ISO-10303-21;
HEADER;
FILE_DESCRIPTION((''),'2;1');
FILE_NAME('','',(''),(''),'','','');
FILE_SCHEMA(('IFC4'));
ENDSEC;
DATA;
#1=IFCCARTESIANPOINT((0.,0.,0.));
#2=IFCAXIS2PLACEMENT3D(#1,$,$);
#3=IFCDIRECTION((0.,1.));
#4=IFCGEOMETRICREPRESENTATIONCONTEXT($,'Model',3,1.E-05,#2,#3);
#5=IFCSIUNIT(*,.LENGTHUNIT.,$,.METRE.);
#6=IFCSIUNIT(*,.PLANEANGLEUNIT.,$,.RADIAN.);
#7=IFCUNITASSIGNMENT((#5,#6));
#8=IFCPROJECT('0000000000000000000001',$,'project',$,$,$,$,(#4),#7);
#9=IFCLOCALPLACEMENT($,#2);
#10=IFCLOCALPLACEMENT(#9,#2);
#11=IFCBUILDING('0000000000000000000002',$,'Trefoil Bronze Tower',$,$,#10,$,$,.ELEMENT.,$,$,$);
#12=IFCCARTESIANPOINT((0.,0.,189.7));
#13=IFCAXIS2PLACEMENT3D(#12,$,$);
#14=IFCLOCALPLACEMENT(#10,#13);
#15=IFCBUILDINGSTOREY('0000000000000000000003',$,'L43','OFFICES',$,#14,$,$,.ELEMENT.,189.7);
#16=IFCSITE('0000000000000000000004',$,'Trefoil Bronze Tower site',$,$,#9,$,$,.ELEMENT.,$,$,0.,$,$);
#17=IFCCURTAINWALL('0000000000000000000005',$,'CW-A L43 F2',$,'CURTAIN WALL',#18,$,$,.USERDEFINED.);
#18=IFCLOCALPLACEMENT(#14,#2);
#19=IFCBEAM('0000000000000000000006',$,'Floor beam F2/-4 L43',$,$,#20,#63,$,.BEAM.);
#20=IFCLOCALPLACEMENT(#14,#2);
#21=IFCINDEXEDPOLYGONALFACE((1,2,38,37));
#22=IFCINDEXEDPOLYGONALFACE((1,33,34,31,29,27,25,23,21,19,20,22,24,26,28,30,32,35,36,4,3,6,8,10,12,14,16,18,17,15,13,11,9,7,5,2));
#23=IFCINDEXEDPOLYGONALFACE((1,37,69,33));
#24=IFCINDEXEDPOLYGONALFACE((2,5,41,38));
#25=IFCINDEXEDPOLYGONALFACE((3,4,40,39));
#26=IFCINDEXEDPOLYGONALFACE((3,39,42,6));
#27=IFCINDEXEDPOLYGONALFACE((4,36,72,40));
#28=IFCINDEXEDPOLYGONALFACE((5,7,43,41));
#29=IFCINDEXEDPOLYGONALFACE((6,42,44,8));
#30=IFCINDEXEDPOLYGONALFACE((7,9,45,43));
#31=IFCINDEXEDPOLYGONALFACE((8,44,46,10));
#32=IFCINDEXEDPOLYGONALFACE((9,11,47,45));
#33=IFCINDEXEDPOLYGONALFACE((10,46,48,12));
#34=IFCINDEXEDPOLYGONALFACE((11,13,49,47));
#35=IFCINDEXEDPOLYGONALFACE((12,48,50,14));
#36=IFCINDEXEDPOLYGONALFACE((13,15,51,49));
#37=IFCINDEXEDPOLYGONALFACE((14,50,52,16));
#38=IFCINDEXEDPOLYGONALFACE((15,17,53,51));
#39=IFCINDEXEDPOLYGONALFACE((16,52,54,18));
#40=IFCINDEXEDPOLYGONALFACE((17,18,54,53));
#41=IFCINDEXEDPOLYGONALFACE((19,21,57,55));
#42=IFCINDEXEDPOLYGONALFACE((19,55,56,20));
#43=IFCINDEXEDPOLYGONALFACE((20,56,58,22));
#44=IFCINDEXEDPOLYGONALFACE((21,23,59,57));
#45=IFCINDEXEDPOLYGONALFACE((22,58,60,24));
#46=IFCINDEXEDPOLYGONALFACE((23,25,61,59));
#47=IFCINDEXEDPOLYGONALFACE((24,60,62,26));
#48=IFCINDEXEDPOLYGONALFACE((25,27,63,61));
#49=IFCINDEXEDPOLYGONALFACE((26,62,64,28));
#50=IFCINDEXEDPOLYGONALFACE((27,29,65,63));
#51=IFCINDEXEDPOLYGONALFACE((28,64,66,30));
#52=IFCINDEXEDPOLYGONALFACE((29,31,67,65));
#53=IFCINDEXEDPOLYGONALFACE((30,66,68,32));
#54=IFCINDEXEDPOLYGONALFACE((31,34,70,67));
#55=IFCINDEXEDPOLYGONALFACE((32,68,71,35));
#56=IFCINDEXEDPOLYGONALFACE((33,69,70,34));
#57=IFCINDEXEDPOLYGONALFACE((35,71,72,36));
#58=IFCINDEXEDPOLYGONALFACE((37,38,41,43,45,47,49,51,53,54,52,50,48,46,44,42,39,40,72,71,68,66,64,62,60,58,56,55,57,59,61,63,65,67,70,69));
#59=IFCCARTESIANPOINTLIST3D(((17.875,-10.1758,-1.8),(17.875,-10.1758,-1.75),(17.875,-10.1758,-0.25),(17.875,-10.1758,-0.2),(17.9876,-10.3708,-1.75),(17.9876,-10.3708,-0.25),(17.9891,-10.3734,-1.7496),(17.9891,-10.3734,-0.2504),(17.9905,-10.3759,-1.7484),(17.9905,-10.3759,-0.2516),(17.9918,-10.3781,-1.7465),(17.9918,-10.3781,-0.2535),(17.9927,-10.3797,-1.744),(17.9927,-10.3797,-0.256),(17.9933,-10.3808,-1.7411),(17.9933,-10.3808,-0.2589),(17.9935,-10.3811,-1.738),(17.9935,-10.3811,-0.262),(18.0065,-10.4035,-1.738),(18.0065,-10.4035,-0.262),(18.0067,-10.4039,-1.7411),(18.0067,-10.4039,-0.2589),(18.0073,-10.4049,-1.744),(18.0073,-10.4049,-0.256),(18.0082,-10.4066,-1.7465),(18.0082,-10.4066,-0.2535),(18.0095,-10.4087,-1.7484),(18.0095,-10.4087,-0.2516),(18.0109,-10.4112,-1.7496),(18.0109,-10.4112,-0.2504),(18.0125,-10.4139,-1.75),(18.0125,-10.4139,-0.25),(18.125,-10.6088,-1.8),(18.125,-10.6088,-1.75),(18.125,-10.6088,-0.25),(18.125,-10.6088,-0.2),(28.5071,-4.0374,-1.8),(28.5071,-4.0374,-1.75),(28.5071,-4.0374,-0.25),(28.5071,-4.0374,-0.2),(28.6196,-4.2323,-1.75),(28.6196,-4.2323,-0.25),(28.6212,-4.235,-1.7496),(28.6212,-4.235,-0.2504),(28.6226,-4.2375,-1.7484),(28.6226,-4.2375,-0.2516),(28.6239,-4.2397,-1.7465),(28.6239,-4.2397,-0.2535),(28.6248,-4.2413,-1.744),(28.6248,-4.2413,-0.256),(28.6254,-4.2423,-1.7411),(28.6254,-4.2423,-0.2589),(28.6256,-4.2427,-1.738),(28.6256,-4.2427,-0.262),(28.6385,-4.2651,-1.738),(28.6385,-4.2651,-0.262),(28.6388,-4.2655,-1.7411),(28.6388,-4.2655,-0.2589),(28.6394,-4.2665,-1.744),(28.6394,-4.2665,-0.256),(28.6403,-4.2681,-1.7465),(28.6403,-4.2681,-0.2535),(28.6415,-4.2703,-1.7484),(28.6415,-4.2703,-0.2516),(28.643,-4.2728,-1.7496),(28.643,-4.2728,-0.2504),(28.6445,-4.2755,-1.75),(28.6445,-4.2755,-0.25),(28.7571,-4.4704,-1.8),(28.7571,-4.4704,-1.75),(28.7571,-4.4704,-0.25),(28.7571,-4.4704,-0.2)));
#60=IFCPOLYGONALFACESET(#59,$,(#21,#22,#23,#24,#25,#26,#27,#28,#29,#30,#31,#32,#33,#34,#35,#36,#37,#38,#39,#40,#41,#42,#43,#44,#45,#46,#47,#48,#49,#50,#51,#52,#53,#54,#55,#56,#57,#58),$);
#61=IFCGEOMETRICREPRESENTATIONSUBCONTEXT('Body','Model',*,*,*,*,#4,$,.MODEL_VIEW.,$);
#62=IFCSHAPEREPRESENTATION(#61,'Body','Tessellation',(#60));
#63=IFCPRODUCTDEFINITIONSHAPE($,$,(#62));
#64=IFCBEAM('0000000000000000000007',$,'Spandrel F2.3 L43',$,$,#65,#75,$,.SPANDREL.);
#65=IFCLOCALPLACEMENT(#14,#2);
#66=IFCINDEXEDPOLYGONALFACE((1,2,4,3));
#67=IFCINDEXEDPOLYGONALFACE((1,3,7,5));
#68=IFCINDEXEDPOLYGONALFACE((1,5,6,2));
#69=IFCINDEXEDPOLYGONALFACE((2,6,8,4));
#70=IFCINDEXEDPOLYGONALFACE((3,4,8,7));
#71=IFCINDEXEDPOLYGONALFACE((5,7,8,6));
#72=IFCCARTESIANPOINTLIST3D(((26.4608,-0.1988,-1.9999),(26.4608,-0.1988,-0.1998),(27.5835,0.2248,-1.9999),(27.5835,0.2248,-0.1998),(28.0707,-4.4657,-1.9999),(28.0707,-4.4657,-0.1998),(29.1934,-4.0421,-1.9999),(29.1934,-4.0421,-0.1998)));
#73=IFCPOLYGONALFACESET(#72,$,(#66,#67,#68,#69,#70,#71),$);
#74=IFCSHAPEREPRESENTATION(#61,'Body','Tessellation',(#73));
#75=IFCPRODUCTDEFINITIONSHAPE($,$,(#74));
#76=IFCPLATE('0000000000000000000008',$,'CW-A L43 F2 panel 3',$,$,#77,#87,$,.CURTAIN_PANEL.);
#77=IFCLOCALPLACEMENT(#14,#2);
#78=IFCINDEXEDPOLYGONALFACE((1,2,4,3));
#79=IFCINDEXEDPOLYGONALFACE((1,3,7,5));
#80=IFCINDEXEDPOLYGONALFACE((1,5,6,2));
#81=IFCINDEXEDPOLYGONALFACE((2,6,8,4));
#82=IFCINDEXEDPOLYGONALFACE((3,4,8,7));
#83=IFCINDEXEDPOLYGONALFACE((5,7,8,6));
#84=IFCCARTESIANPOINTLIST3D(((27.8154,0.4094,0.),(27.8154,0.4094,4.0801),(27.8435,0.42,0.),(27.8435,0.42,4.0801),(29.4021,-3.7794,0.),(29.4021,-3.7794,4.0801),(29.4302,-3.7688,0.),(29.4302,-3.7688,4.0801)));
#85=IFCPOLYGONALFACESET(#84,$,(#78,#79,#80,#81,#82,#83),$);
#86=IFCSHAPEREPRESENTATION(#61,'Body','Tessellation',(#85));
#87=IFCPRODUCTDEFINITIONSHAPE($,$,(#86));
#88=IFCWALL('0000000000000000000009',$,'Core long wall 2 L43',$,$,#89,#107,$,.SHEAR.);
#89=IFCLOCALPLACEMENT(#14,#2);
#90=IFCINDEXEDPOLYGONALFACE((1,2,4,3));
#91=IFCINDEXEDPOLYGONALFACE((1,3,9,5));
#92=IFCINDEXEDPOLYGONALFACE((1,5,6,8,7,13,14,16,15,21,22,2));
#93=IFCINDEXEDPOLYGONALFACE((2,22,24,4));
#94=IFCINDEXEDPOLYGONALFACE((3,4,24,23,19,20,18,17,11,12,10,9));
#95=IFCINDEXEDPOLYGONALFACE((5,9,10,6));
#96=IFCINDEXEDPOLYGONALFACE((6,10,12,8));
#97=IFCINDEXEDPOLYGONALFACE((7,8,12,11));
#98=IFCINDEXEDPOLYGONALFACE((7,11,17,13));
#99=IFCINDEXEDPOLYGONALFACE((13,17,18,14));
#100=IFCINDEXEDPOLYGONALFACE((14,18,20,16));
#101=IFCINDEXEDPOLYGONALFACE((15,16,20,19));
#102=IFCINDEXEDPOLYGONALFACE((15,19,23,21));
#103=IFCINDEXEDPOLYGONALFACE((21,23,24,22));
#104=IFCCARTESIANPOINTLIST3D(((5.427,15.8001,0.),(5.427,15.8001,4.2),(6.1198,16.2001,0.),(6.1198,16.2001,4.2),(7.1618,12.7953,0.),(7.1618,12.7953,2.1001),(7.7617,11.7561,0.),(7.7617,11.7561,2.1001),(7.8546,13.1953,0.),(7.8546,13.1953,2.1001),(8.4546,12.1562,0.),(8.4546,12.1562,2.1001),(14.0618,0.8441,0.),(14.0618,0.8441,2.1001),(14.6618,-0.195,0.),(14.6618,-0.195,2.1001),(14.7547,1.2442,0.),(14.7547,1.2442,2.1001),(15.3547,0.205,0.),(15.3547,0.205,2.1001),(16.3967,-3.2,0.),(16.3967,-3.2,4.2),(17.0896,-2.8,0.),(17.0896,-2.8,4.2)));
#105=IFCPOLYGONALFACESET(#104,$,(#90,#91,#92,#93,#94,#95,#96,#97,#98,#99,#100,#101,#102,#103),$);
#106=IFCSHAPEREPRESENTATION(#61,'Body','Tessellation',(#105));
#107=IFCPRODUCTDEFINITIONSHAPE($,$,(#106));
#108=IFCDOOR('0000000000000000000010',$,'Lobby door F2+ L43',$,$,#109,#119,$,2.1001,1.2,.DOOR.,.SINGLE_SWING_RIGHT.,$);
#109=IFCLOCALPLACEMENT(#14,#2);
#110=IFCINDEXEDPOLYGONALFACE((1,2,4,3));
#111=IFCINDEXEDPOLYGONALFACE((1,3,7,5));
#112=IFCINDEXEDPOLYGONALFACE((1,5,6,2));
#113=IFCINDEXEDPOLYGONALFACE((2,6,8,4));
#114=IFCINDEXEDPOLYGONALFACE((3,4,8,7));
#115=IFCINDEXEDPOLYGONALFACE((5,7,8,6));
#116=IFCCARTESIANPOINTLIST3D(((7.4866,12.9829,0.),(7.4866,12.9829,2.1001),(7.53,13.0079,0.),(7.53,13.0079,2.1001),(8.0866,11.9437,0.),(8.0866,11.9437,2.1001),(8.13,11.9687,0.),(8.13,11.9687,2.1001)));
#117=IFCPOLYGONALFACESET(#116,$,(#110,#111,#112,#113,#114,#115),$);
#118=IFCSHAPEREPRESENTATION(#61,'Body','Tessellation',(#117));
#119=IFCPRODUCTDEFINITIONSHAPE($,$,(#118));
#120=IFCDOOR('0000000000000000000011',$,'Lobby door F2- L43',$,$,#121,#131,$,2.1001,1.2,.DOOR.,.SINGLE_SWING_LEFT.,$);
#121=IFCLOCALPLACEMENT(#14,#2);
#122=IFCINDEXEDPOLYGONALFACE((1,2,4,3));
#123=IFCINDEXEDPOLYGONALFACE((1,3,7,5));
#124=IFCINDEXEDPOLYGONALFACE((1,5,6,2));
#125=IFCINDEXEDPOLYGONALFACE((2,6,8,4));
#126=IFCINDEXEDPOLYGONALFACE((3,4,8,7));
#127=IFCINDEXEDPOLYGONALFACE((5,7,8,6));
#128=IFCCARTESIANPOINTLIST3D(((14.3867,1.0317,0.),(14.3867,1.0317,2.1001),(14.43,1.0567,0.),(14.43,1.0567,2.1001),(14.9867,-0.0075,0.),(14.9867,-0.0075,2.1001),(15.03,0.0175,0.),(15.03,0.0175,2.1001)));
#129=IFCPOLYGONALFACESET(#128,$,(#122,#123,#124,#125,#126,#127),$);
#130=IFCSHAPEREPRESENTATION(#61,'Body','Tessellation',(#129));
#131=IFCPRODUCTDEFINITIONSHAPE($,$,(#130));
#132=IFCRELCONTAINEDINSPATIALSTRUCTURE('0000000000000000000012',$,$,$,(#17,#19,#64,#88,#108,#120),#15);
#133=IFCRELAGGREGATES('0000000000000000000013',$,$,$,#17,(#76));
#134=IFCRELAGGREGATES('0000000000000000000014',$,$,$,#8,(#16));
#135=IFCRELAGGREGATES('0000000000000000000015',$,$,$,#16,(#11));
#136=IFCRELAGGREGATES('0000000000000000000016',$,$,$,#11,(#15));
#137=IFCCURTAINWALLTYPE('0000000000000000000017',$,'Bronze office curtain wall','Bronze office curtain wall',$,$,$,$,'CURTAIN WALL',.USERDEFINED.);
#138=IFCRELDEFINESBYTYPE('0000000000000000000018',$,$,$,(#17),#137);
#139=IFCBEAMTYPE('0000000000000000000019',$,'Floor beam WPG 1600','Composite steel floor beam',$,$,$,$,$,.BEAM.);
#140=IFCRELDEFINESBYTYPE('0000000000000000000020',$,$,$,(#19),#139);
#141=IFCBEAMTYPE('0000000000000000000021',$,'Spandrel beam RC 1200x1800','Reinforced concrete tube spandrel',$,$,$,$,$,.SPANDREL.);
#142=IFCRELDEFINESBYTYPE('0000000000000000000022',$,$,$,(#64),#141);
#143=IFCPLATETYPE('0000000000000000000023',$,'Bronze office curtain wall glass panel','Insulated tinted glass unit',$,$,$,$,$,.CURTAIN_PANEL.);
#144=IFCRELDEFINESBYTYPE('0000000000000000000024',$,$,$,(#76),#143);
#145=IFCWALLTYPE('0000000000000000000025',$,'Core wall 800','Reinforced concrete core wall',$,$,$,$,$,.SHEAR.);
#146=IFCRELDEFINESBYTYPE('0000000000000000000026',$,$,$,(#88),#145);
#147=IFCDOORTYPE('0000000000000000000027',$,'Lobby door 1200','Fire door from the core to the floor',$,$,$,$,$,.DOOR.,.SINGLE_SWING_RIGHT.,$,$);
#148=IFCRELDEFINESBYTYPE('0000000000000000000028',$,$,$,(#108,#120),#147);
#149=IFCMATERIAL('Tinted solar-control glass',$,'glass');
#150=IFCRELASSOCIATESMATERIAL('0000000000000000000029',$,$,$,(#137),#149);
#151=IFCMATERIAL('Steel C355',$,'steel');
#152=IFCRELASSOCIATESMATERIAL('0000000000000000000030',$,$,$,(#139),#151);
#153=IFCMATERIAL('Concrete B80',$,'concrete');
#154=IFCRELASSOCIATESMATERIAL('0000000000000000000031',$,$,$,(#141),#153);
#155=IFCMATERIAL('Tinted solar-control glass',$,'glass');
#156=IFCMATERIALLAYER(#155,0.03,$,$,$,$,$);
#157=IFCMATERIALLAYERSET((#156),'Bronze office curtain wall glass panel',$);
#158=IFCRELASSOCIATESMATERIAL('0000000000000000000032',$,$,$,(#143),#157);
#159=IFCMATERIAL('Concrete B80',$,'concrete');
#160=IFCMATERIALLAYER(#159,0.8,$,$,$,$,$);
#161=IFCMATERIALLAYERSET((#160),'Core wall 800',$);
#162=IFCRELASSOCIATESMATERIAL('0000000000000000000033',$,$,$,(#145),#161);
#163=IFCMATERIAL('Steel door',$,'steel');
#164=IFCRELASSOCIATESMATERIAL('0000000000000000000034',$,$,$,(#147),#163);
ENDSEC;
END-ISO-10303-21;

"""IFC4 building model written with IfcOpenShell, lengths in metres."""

from ifc_helpers import new_model, si_unit, direction, frame, frame_2d, origin, origin_2d, place, context, subcontext, project, spatial, rectangle, i_section, extrude, material, layer, layer_set, material_profile, profile_set, type_object, element, fill, aggregate, save


model = new_model("IFC4")

# Units and contexts
model_context = context("Model", 3, precision=1e-05, world=origin(), true_north=direction((0.0, 1.0)))
body_context = subcontext(model_context, "Body", "Model", "MODEL_VIEW")
ifc_project = project(units=[si_unit("LENGTHUNIT", "METRE"), si_unit("PLANEANGLEUNIT", "RADIAN")], contexts=[model_context])

# Site, building, storey
site_placement = place(None, origin())
site = spatial("IfcSite", under=ifc_project, at=site_placement, Name="Trefoil Bronze Tower site", CompositionType="ELEMENT", RefElevation=0.0)
building_placement = place(site_placement, origin())
building = spatial("IfcBuilding", under=site, at=building_placement, Name="Trefoil Bronze Tower", CompositionType="ELEMENT")
storey_placement = place(building_placement, frame((0.0, 0.0, 189.7)))
storey = spatial("IfcBuildingStorey", under=building, at=storey_placement, Name="L43", Description="OFFICES", CompositionType="ELEMENT", Elevation=189.7)

# Curtain wall
ifc_material_1 = material(Name="Tinted solar-control glass", Category="glass")
curtain_wall_type = type_object("IfcCurtainWallType", Name="Bronze office curtain wall", Description="Bronze office curtain wall", ElementType="CURTAIN WALL", PredefinedType="USERDEFINED", material=ifc_material_1)
curtain_wall_placement = place(storey_placement, origin())
curtain_wall = element("IfcCurtainWall", 1, at=curtain_wall_placement, inside=storey, type_object=curtain_wall_type, Name="CW-A L43 F2", ObjectType="CURTAIN WALL", PredefinedType="USERDEFINED")

# Beams
ifc_material_2 = material(Name="Steel C355", Category="steel")
ifc_material_profile_1 = material_profile(ifc_material_2, i_section(OverallWidth=0.5, OverallDepth=1.6001, WebThickness=0.0259, FlangeThickness=0.05, FilletRadius=0.012, at=origin_2d()), Name="WPG 1600")
ifc_profile_set_1 = profile_set([ifc_material_profile_1], Name="Steel C355")
beam_type_1 = type_object("IfcBeamType", Name="Floor beam WPG 1600", Description="Composite steel floor beam", PredefinedType="BEAM", material=ifc_profile_set_1)
beam_1_placement = place(storey_placement, frame((28.6321, -4.2539, -1.0), z_axis=(-0.866026, -0.5, 0.0), x_axis=(0.5, -0.866026, 0.0)))
element("IfcBeam", 2, at=beam_1_placement, inside=storey, type_object=beam_type_1, Name="Floor beam F2/-4 L43", PredefinedType="BEAM", context=body_context, shape_type="SweptSolid", body=[
    extrude(i_section(OverallWidth=0.5, OverallDepth=1.6001, WebThickness=0.0259, FlangeThickness=0.05, FilletRadius=0.012, at=origin_2d()), origin(), (0.0, 0.0, 1.0), 12.2769),
])
ifc_material_3 = material(Name="Concrete B80", Category="concrete")
ifc_material_profile_2 = material_profile(ifc_material_3, rectangle(XDim=1.2, YDim=1.8, at=origin_2d()), Name="RC 1200x1800")
ifc_profile_set_2 = profile_set([ifc_material_profile_2], Name="Concrete B80")
beam_type_2 = type_object("IfcBeamType", Name="Spandrel beam RC 1200x1800", Description="Reinforced concrete tube spandrel", PredefinedType="SPANDREL", material=ifc_profile_set_2)
beam_2_placement = place(storey_placement, frame((28.6321, -4.2539, -1.0999), z_axis=(-0.353006, 0.935621, 0.0), x_axis=(-0.935621, -0.353006, 0.0)))
element("IfcBeam", 3, at=beam_2_placement, inside=storey, type_object=beam_type_2, Name="Spandrel F2.3 L43", PredefinedType="SPANDREL", context=body_context, shape_type="SweptSolid", body=[
    extrude(rectangle(XDim=1.2, YDim=1.8, at=origin_2d()), origin(), (0.0, 0.0, 1.0), 4.5605),
])

# Plate
ifc_material_4 = material(Name="Tinted solar-control glass", Category="glass")
ifc_layer_1 = layer(ifc_material_4, 0.03)
ifc_layer_set_1 = layer_set([ifc_layer_1], Name="Bronze office curtain wall glass panel")
plate_type = type_object("IfcPlateType", Name="Bronze office curtain wall glass panel", Description="Insulated tinted glass unit", PredefinedType="CURTAIN_PANEL", material=ifc_layer_set_1)
plate_placement = place(storey_placement, frame((28.6228, -1.6797, 0.0), z_axis=(0.0, 0.0, 1.0), x_axis=(-0.354234, 0.935157, 0.0)))
plate = element("IfcPlate", 4, at=plate_placement, type_object=plate_type, Name="CW-A L43 F2 panel 3", PredefinedType="CURTAIN_PANEL", context=body_context, shape_type="SweptSolid", body=[
    extrude(rectangle(XDim=4.4792, YDim=0.03, at=origin_2d()), origin(), (0.0, 0.0, 1.0), 4.0801),
])
aggregate(curtain_wall, [plate])

# Wall, openings, doors
ifc_material_5 = material(Name="Concrete B80", Category="concrete")
ifc_layer_2 = layer(ifc_material_5, 0.8)
ifc_layer_set_2 = layer_set([ifc_layer_2], Name="Core wall 800")
wall_type_1 = type_object("IfcWallType", Name="Core wall 800", Description="Reinforced concrete core wall", PredefinedType="SHEAR", material=ifc_layer_set_2)
wall_1_placement = place(storey_placement, frame((16.7432, -3.0, 0.0), z_axis=(0.0, 0.0, 1.0), x_axis=(-0.500002, 0.866024, 0.0)))
wall_1 = element("IfcWall", 5, at=wall_1_placement, inside=storey, type_object=wall_type_1, Name="Core long wall 2 L43", PredefinedType="SHEAR", context=body_context, shape_type="SweptSolid", body=[
    extrude(rectangle(XDim=21.9395, YDim=0.8, at=frame_2d((10.9697, 0.0))), origin(), (0.0, 0.0, 1.0), 4.2),
])
opening_1_placement = place(wall_1_placement, frame((17.2698, 0.0, 0.0)))
opening_1 = element("IfcOpeningElement", 6, at=opening_1_placement, cuts=wall_1, PredefinedType="OPENING", context=body_context, shape_type="SweptSolid", body=[
    extrude(rectangle(XDim=1.2, YDim=2.1001, at=frame_2d((0.6001, 1.05))), frame((0.0, 0.4099, 0.0), z_axis=(0.0, -1.0, 0.0), x_axis=(1.0, 0.0, 0.0)), (0.0, 0.0, 1.0), 0.8201),
])
opening_2_placement = place(wall_1_placement, frame((3.4697, 0.0, 0.0)))
opening_2 = element("IfcOpeningElement", 7, at=opening_2_placement, cuts=wall_1, PredefinedType="OPENING", context=body_context, shape_type="SweptSolid", body=[
    extrude(rectangle(XDim=1.2, YDim=2.1001, at=frame_2d((0.6001, 1.05))), frame((0.0, 0.4099, 0.0), z_axis=(0.0, -1.0, 0.0), x_axis=(1.0, 0.0, 0.0)), (0.0, 0.0, 1.0), 0.8201),
])
ifc_material_6 = material(Name="Steel door", Category="steel")
door_type_1 = type_object("IfcDoorType", Name="Lobby door 1200", Description="Fire door from the core to the floor", OperationType="SINGLE_SWING_RIGHT", PredefinedType="DOOR", material=ifc_material_6)
door_1_placement = place(opening_1_placement, origin())
door_1 = element("IfcDoor", 8, at=door_1_placement, inside=storey, type_object=door_type_1, Name="Lobby door F2+ L43", OperationType="SINGLE_SWING_RIGHT", OverallHeight=2.1001, OverallWidth=1.2, PredefinedType="DOOR", context=body_context, shape_type="SweptSolid", body=[
    extrude(rectangle(XDim=1.2, YDim=2.1001, at=frame_2d((0.6001, 1.05))), frame((0.0, 0.0249, 0.0), z_axis=(0.0, -1.0, 0.0), x_axis=(1.0, 0.0, 0.0)), (0.0, 0.0, 1.0), 0.05),
])
fill(opening_1, door_1)
door_2_placement = place(opening_2_placement, origin())
door_2 = element("IfcDoor", 9, at=door_2_placement, inside=storey, type_object=door_type_1, Name="Lobby door F2- L43", OperationType="SINGLE_SWING_LEFT", OverallHeight=2.1001, OverallWidth=1.2, PredefinedType="DOOR", context=body_context, shape_type="SweptSolid", body=[
    extrude(rectangle(XDim=1.2, YDim=2.1001, at=frame_2d((0.6001, 1.05))), frame((0.0, 0.0249, 0.0), z_axis=(0.0, -1.0, 0.0), x_axis=(1.0, 0.0, 0.0)), (0.0, 0.0, 1.0), 0.05),
])
fill(opening_2, door_2)

save(model, "model.ifc")
